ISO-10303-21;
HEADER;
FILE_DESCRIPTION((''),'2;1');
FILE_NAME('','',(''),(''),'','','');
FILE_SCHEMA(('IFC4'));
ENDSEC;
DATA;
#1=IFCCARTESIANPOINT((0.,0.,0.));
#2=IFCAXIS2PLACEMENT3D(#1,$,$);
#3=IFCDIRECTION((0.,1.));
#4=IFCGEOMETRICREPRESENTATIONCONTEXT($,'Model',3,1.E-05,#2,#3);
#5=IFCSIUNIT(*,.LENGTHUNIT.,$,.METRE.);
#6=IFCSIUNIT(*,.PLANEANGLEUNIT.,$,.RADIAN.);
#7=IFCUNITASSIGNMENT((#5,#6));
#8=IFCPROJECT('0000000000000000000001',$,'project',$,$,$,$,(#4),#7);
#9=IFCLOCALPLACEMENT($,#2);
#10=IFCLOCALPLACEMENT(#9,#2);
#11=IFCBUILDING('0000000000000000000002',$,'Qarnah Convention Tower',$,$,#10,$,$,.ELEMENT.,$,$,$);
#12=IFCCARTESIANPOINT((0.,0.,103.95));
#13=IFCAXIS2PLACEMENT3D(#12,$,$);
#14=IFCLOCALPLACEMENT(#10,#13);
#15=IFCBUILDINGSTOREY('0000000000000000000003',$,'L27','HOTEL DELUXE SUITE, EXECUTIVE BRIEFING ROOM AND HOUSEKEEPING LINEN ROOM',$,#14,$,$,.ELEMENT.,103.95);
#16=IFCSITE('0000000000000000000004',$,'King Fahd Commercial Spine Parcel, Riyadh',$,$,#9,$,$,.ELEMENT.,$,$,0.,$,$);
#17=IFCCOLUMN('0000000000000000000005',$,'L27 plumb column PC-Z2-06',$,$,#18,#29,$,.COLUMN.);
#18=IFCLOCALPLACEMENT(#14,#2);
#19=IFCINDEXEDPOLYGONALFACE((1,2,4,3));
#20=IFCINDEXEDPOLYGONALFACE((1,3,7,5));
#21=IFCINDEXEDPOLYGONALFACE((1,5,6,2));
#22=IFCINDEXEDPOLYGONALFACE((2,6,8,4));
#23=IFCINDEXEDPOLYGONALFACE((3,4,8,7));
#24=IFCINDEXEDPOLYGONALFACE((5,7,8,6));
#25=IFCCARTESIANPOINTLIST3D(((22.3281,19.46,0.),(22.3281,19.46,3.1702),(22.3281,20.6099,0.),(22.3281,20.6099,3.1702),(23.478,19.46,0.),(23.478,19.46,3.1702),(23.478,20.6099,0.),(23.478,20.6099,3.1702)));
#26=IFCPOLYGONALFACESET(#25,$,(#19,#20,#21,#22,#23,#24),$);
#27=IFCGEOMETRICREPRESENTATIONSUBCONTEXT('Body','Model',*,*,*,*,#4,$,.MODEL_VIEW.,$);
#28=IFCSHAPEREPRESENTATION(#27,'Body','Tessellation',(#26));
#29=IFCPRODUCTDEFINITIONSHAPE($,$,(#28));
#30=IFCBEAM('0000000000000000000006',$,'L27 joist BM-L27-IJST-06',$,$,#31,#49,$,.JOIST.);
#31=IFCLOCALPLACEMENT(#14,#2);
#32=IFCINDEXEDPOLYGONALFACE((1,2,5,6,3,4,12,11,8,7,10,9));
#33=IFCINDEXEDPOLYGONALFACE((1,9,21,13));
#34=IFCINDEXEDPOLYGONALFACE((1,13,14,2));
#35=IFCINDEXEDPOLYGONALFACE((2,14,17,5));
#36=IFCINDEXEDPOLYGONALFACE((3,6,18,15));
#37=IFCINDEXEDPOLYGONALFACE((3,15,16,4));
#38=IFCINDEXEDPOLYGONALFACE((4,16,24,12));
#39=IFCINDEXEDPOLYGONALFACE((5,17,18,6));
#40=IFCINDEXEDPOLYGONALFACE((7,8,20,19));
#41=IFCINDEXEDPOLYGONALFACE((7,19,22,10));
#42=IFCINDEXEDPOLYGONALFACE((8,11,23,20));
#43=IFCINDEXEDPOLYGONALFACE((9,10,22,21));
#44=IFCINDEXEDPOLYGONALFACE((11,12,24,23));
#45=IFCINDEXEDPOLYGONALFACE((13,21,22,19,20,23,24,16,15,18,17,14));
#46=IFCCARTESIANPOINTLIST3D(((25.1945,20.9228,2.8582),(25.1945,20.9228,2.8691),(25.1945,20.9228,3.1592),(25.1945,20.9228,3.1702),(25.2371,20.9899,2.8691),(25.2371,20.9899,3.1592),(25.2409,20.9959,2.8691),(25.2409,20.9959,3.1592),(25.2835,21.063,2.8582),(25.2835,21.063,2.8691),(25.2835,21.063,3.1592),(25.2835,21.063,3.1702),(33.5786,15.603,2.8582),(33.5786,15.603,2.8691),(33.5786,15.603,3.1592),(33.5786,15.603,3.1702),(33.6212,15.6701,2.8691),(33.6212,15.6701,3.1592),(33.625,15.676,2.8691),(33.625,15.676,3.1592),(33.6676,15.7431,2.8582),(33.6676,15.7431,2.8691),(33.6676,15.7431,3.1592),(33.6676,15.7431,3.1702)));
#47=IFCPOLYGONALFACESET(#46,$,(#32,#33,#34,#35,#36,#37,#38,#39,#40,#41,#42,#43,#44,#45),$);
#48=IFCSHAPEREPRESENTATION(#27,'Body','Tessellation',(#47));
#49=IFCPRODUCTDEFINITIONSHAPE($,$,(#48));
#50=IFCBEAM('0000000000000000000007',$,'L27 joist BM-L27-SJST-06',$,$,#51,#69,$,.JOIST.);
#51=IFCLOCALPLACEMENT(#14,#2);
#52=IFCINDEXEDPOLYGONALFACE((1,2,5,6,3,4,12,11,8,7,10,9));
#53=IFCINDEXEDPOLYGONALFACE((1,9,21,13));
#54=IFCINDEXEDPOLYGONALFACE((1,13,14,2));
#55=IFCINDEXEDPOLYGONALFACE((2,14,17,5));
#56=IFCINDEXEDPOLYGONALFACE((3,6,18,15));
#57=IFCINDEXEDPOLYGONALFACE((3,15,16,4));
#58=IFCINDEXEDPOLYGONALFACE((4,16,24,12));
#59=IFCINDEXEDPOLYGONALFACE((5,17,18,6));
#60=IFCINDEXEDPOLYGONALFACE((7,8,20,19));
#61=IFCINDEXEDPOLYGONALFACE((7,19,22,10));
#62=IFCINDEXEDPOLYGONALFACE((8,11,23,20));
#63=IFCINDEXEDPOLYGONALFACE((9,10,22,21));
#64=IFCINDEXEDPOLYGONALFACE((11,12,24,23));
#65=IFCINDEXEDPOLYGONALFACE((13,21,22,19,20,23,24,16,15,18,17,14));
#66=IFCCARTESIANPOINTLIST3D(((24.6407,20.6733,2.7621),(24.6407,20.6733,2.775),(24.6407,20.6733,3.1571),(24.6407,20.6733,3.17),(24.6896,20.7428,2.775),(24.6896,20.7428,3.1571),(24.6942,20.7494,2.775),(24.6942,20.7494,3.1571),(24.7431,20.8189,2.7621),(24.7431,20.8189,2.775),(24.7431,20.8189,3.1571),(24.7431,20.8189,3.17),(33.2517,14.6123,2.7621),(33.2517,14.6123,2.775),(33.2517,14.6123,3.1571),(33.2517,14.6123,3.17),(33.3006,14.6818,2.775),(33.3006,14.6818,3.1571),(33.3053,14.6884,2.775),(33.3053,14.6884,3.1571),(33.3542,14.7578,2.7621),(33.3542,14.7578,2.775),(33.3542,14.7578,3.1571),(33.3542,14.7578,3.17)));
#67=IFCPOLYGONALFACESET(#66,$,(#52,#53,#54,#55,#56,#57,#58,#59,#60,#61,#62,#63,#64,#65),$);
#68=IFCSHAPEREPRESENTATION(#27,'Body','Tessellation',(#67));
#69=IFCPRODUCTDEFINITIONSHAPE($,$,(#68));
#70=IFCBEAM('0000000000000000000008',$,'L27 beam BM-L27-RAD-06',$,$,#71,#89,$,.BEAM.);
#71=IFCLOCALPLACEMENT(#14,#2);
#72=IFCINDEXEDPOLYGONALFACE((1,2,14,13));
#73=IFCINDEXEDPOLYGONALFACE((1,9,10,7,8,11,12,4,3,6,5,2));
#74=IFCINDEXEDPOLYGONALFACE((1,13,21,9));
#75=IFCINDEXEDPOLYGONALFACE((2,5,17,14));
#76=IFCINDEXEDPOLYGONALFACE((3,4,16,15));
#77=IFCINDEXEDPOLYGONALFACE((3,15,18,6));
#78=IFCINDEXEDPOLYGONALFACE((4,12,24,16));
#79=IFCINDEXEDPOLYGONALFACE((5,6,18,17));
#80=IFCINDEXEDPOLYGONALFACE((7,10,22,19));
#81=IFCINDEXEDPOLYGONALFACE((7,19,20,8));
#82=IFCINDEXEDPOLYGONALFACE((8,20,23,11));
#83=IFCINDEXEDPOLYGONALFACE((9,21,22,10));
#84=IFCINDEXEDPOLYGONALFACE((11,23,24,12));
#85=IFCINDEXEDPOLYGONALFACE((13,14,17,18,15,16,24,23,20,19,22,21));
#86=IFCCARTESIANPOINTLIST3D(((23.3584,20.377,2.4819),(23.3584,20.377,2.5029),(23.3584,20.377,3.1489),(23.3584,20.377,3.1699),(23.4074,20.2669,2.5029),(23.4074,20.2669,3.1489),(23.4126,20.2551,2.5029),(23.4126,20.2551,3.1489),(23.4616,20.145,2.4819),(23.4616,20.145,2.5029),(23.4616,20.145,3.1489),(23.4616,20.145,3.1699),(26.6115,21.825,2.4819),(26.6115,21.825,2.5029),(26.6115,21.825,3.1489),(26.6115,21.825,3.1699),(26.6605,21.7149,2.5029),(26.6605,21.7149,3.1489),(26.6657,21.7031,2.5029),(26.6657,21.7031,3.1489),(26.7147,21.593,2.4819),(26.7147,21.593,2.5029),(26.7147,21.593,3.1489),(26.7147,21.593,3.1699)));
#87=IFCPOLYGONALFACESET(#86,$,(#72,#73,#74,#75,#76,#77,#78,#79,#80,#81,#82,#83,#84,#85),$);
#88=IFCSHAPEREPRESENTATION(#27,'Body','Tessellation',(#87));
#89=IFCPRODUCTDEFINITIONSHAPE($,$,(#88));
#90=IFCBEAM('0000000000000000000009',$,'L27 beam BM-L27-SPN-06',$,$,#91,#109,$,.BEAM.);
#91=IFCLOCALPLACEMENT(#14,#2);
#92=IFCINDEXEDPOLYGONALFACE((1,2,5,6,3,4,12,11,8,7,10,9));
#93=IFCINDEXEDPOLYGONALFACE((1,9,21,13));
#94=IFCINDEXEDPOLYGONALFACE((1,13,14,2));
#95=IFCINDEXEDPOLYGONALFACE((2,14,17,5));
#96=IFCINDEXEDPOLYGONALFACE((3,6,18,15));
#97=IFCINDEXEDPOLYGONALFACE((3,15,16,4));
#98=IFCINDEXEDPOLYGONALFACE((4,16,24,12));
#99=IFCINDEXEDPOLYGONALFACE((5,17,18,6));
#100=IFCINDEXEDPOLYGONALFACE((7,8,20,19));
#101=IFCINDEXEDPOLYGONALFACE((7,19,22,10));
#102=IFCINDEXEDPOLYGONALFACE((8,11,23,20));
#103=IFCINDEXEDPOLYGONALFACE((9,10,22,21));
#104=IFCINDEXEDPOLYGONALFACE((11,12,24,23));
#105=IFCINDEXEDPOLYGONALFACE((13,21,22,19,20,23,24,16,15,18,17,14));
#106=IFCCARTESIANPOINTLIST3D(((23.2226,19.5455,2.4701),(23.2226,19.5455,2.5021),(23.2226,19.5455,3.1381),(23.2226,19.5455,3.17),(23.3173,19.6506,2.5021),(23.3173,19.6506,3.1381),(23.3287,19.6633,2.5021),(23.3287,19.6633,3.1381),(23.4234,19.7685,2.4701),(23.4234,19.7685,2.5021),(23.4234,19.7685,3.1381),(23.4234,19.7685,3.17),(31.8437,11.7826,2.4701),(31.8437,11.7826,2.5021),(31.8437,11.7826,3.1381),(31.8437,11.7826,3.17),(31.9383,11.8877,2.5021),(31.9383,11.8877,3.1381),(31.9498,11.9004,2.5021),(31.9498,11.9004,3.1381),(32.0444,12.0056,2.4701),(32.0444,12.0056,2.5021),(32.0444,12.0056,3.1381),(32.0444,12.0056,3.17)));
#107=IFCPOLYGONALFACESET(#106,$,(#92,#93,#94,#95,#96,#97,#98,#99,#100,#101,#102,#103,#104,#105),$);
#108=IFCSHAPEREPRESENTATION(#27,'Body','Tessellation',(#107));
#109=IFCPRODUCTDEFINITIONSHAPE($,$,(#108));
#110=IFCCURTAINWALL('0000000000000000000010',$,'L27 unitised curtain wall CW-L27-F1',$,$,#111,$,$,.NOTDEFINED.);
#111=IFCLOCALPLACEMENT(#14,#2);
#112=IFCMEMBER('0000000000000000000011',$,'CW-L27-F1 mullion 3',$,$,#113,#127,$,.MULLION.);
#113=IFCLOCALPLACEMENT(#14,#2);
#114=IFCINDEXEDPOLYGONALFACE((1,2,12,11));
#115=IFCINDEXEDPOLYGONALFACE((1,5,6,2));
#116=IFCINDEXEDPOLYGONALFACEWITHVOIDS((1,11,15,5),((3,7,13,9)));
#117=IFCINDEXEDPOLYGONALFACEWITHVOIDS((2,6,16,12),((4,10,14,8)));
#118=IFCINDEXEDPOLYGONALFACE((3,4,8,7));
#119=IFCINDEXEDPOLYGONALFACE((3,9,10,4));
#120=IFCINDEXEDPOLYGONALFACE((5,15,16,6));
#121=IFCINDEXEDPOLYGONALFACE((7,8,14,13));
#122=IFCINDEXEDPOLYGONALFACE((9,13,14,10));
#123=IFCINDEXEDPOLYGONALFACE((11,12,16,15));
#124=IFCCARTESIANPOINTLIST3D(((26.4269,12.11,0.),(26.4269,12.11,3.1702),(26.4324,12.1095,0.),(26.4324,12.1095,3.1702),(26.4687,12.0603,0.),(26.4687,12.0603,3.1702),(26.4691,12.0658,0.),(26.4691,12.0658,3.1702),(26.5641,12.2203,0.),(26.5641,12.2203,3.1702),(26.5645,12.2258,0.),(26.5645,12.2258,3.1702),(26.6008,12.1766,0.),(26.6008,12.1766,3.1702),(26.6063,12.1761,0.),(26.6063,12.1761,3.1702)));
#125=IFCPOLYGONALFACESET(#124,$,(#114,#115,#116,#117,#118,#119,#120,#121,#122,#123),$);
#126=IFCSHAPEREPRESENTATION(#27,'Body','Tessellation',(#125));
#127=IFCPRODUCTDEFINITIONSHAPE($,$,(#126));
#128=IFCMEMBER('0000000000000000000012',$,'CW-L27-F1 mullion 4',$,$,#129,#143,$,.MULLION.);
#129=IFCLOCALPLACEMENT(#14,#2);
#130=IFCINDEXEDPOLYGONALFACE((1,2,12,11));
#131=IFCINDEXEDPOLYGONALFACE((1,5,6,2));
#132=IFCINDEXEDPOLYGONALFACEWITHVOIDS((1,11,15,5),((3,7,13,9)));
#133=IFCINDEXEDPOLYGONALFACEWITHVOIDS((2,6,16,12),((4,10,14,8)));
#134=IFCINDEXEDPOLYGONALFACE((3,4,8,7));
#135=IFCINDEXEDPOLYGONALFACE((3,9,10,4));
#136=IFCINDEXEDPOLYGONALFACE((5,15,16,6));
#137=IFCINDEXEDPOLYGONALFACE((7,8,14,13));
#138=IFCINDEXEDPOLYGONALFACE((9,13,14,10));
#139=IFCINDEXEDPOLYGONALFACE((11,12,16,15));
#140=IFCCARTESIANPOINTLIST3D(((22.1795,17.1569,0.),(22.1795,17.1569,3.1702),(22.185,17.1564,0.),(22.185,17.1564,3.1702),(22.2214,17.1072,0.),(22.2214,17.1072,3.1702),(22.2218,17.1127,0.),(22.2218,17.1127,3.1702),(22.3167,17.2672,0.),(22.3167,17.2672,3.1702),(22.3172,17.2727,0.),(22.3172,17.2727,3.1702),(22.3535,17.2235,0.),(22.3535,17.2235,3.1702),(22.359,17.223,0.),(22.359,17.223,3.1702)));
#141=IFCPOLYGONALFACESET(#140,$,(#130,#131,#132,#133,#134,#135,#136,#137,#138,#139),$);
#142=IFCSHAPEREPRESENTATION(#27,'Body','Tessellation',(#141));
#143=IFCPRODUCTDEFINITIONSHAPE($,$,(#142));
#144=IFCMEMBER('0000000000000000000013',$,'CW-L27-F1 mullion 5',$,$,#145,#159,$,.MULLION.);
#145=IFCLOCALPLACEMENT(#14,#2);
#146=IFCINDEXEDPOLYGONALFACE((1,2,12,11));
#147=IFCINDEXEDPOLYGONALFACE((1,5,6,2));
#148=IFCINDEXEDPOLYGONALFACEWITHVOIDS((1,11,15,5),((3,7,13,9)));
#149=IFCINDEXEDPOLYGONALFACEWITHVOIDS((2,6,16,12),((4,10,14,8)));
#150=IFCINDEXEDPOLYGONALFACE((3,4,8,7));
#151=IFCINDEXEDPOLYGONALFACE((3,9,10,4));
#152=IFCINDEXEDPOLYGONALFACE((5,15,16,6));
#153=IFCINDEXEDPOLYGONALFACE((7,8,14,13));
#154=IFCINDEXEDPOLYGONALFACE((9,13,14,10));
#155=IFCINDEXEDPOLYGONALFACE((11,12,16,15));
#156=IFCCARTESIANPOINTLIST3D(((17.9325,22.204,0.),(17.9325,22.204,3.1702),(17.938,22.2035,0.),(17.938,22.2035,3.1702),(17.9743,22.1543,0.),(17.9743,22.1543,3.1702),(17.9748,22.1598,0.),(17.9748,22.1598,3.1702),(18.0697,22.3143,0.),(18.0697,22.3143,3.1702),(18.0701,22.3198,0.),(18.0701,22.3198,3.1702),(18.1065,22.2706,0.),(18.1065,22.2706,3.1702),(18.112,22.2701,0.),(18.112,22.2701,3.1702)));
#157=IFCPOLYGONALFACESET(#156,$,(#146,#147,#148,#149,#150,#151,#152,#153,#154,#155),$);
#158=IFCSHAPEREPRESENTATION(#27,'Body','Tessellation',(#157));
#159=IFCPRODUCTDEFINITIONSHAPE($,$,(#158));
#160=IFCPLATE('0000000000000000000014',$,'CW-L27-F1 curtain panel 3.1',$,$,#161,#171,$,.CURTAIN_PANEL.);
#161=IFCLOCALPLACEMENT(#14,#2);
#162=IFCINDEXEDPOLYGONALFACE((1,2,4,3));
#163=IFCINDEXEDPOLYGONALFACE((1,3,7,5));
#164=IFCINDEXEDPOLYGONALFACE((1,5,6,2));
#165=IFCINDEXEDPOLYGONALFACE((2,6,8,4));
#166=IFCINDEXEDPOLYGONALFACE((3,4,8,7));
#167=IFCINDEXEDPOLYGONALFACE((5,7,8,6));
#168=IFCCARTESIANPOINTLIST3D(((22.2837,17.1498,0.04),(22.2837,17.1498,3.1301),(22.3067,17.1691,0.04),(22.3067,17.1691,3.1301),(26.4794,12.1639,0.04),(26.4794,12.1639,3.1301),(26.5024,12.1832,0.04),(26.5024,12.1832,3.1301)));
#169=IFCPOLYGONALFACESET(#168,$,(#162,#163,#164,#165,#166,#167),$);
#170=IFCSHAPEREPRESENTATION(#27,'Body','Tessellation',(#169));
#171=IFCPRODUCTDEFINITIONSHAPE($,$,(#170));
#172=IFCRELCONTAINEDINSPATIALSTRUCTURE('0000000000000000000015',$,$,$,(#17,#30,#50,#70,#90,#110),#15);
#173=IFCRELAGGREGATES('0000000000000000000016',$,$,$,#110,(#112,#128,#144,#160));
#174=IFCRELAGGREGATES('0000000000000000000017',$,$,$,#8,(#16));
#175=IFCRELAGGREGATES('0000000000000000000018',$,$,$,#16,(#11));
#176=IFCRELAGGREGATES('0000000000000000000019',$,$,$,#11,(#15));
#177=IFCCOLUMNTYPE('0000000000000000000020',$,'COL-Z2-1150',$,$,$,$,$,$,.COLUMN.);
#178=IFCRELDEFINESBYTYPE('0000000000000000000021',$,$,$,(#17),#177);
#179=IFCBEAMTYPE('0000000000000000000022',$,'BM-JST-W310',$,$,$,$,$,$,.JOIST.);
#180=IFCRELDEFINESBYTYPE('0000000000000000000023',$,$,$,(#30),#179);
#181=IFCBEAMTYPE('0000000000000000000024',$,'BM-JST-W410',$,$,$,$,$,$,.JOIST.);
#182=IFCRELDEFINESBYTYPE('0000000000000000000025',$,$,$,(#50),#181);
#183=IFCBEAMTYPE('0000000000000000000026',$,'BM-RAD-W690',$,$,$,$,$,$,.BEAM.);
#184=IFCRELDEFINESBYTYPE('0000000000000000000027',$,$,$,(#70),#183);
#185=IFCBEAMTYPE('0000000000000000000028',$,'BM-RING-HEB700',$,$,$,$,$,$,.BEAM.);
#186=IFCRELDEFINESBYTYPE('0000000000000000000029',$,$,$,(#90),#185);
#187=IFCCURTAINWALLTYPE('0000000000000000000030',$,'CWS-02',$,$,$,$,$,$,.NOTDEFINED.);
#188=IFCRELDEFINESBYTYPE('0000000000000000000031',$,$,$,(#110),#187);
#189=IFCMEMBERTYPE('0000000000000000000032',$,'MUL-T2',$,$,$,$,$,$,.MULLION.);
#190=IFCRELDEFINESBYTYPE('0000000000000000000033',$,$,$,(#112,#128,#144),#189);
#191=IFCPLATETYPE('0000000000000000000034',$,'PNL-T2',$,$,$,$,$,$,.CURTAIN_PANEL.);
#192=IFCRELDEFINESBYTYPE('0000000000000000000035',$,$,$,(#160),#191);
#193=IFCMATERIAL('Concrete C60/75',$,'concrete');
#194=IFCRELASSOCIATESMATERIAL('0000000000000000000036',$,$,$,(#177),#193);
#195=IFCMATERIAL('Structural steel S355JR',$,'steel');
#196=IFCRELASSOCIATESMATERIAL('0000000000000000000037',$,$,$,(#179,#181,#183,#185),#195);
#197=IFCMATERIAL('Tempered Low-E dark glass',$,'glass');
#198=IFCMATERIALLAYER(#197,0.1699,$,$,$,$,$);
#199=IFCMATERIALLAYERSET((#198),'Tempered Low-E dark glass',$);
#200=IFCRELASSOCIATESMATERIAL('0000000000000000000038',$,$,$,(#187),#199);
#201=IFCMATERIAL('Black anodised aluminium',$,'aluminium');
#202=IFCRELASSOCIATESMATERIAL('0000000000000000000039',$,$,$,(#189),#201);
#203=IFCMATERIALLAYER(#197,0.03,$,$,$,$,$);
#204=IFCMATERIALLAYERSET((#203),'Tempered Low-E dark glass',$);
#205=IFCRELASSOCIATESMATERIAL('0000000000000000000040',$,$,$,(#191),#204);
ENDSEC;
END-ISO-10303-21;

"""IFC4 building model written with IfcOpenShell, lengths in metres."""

from ifc_helpers import new_model, si_unit, direction, frame, origin, origin_2d, place, context, subcontext, project, spatial, rectangle, hollow_rectangle, i_section, extrude, material, layer, layer_set, material_profile, profile_set, type_object, element, aggregate, save


model = new_model("IFC4")

# Units and contexts
model_context = context("Model", 3, precision=1e-05, world=origin(), true_north=direction((0.0, 1.0)))
body_context = subcontext(model_context, "Body", "Model", "MODEL_VIEW")
ifc_project = project(units=[si_unit("LENGTHUNIT", "METRE"), si_unit("PLANEANGLEUNIT", "RADIAN")], contexts=[model_context])

# Site, building, storey
site_placement = place(None, origin())
site = spatial("IfcSite", under=ifc_project, at=site_placement, Name="King Fahd Commercial Spine Parcel, Riyadh", CompositionType="ELEMENT", RefElevation=0.0)
building_placement = place(site_placement, origin())
building = spatial("IfcBuilding", under=site, at=building_placement, Name="Qarnah Convention Tower", CompositionType="ELEMENT")
storey_placement = place(building_placement, frame((0.0, 0.0, 103.95)))
storey = spatial("IfcBuildingStorey", under=building, at=storey_placement, Name="L27", Description="HOTEL DELUXE SUITE, EXECUTIVE BRIEFING ROOM AND HOUSEKEEPING LINEN ROOM", CompositionType="ELEMENT", Elevation=103.95)

# Column
ifc_material_1 = material(Name="Concrete C60/75", Category="concrete")
ifc_material_profile_1 = material_profile(ifc_material_1, rectangle(XDim=1.1499, YDim=1.1499, at=origin_2d()), Name="RC-COL-1150X1150")
ifc_profile_set_1 = profile_set([ifc_material_profile_1], Name="Concrete C60/75")
column_type = type_object("IfcColumnType", Name="COL-Z2-1150", PredefinedType="COLUMN", material=ifc_profile_set_1)
column_placement = place(storey_placement, frame((22.9031, 20.0349, 0.0), z_axis=(0.0, 0.0, 1.0), x_axis=(1.0, 0.0, 0.0)))
element("IfcColumn", 1, at=column_placement, inside=storey, type_object=column_type, Name="L27 plumb column PC-Z2-06", PredefinedType="COLUMN", context=body_context, shape_type="SweptSolid", body=[
    extrude(rectangle(XDim=1.1499, YDim=1.1499, at=origin_2d()), origin(), (0.0, 0.0, 1.0), 3.1702),
])

# Beams
ifc_material_2 = material(Name="Structural steel S355JR", Category="steel")
ifc_material_profile_2 = material_profile(ifc_material_2, i_section(OverallWidth=0.166, OverallDepth=0.312, WebThickness=0.0071, FlangeThickness=0.011, at=origin_2d()), Name="W310X45")
ifc_profile_set_2 = profile_set([ifc_material_profile_2], Name="Structural steel S355JR")
beam_type_1 = type_object("IfcBeamType", Name="BM-JST-W310", PredefinedType="JOIST", material=ifc_profile_set_2)
beam_1_placement = place(storey_placement, frame((25.239, 20.9929, 3.0142), z_axis=(0.844366, -0.535766, 0.0), x_axis=(0.535766, 0.844366, 0.0)))
element("IfcBeam", 2, at=beam_1_placement, inside=storey, type_object=beam_type_1, Name="L27 joist BM-L27-IJST-06", PredefinedType="JOIST", context=body_context, shape_type="SweptSolid", body=[
    extrude(i_section(OverallWidth=0.166, OverallDepth=0.312, WebThickness=0.0071, FlangeThickness=0.011, at=origin_2d()), origin(), (0.0, 0.0, 1.0), 9.9294),
])
ifc_material_profile_3 = material_profile(ifc_material_2, i_section(OverallWidth=0.178, OverallDepth=0.408, WebThickness=0.0081, FlangeThickness=0.0129, at=origin_2d()), Name="W410X60")
ifc_profile_set_3 = profile_set([ifc_material_profile_3], Name="Structural steel S355JR")
beam_type_2 = type_object("IfcBeamType", Name="BM-JST-W410", PredefinedType="JOIST", material=ifc_profile_set_3)
beam_2_placement = place(storey_placement, frame((24.6919, 20.7461, 2.9661), z_axis=(0.817745, -0.575581, 0.0), x_axis=(0.575581, 0.817745, 0.0)))
element("IfcBeam", 3, at=beam_2_placement, inside=storey, type_object=beam_type_2, Name="L27 joist BM-L27-SJST-06", PredefinedType="JOIST", context=body_context, shape_type="SweptSolid", body=[
    extrude(i_section(OverallWidth=0.178, OverallDepth=0.408, WebThickness=0.0081, FlangeThickness=0.0129, at=origin_2d()), origin(), (0.0, 0.0, 1.0), 10.5303),
])
ifc_material_profile_4 = material_profile(ifc_material_2, i_section(OverallWidth=0.2539, OverallDepth=0.688, WebThickness=0.0129, FlangeThickness=0.021, at=origin_2d()), Name="W690X152")
ifc_profile_set_4 = profile_set([ifc_material_profile_4], Name="Structural steel S355JR")
beam_type_3 = type_object("IfcBeamType", Name="BM-RAD-W690", PredefinedType="BEAM", material=ifc_profile_set_4)
beam_3_placement = place(storey_placement, frame((26.6631, 21.709, 2.8259), z_axis=(-0.913588, -0.406641, 0.0), x_axis=(0.406641, -0.913588, 0.0)))
element("IfcBeam", 4, at=beam_3_placement, inside=storey, type_object=beam_type_3, Name="L27 beam BM-L27-RAD-06", PredefinedType="BEAM", context=body_context, shape_type="SweptSolid", body=[
    extrude(i_section(OverallWidth=0.2539, OverallDepth=0.688, WebThickness=0.0129, FlangeThickness=0.021, at=origin_2d()), origin(), (0.0, 0.0, 1.0), 3.5608),
])
ifc_material_profile_5 = material_profile(ifc_material_2, i_section(OverallWidth=0.3, OverallDepth=0.7, WebThickness=0.0171, FlangeThickness=0.032, at=origin_2d()), Name="HEB700")
ifc_profile_set_5 = profile_set([ifc_material_profile_5], Name="Structural steel S355JR")
beam_type_4 = type_object("IfcBeamType", Name="BM-RING-HEB700", PredefinedType="BEAM", material=ifc_profile_set_5)
beam_4_placement = place(storey_placement, frame((23.323, 19.657, 2.8201), z_axis=(0.743125, -0.669153, 0.0), x_axis=(0.669153, 0.743125, 0.0)))
element("IfcBeam", 5, at=beam_4_placement, inside=storey, type_object=beam_type_4, Name="L27 beam BM-L27-SPN-06", PredefinedType="BEAM", context=body_context, shape_type="SweptSolid", body=[
    extrude(i_section(OverallWidth=0.3, OverallDepth=0.7, WebThickness=0.0171, FlangeThickness=0.032, at=origin_2d()), origin(), (0.0, 0.0, 1.0), 11.6011),
])

# Curtain wall, members, plate
ifc_material_3 = material(Name="Tempered Low-E dark glass", Category="glass")
ifc_layer_1 = layer(ifc_material_3, 0.1699)
ifc_layer_set_1 = layer_set([ifc_layer_1], Name="Tempered Low-E dark glass")
curtain_wall_type = type_object("IfcCurtainWallType", Name="CWS-02", PredefinedType="NOTDEFINED", material=ifc_layer_set_1)
curtain_wall_placement = place(storey_placement, origin())
curtain_wall = element("IfcCurtainWall", 6, at=curtain_wall_placement, inside=storey, type_object=curtain_wall_type, Name="L27 unitised curtain wall CW-L27-F1", PredefinedType="NOTDEFINED")
ifc_material_4 = material(Name="Black anodised aluminium", Category="aluminium")
ifc_material_profile_6 = material_profile(ifc_material_4, hollow_rectangle(XDim=0.0649, YDim=0.1799, WallThickness=0.0039, at=origin_2d()), Name="MUL-65X180")
ifc_profile_set_6 = profile_set([ifc_material_profile_6], Name="Black anodised aluminium")
member_type = type_object("IfcMemberType", Name="MUL-T2", PredefinedType="MULLION", material=ifc_profile_set_6)
member_1_placement = place(storey_placement, frame((26.5166, 12.1431, 0.0), z_axis=(0.0, 0.0, 1.0), x_axis=(-0.643878, 0.765128, 0.0)))
member_1 = element("IfcMember", 7, at=member_1_placement, type_object=member_type, Name="CW-L27-F1 mullion 3", PredefinedType="MULLION", context=body_context, shape_type="SweptSolid", body=[
    extrude(hollow_rectangle(XDim=0.0649, YDim=0.1799, WallThickness=0.0039, at=origin_2d()), origin(), (0.0, 0.0, 1.0), 3.1702),
])
member_2_placement = place(storey_placement, frame((22.2693, 17.1899, 0.0), z_axis=(0.0, 0.0, 1.0), x_axis=(-0.643878, 0.765128, 0.0)))
member_2 = element("IfcMember", 8, at=member_2_placement, type_object=member_type, Name="CW-L27-F1 mullion 4", PredefinedType="MULLION", context=body_context, shape_type="SweptSolid", body=[
    extrude(hollow_rectangle(XDim=0.0649, YDim=0.1799, WallThickness=0.0039, at=origin_2d()), origin(), (0.0, 0.0, 1.0), 3.1702),
])
member_3_placement = place(storey_placement, frame((18.0222, 22.2371, 0.0), z_axis=(0.0, 0.0, 1.0), x_axis=(-0.643878, 0.765128, 0.0)))
member_3 = element("IfcMember", 9, at=member_3_placement, type_object=member_type, Name="CW-L27-F1 mullion 5", PredefinedType="MULLION", context=body_context, shape_type="SweptSolid", body=[
    extrude(hollow_rectangle(XDim=0.0649, YDim=0.1799, WallThickness=0.0039, at=origin_2d()), origin(), (0.0, 0.0, 1.0), 3.1702),
])
ifc_layer_2 = layer(ifc_material_3, 0.03)
ifc_layer_set_2 = layer_set([ifc_layer_2], Name="Tempered Low-E dark glass")
plate_type = type_object("IfcPlateType", Name="PNL-T2", PredefinedType="CURTAIN_PANEL", material=ifc_layer_set_2)
plate_1_placement = place(storey_placement, frame((24.3931, 14.6665, 0.04), z_axis=(0.0, 0.0, 1.0), x_axis=(-0.643878, 0.765128, 0.0)))
plate_1 = element("IfcPlate", 10, at=plate_1_placement, type_object=plate_type, Name="CW-L27-F1 curtain panel 3.1", PredefinedType="CURTAIN_PANEL", context=body_context, shape_type="SweptSolid", body=[
    extrude(rectangle(XDim=6.5164, YDim=0.03, at=origin_2d()), origin(), (0.0, 0.0, 1.0), 3.0901),
])
aggregate(curtain_wall, [member_1, member_2, member_3, plate_1])

save(model, "model.ifc")
